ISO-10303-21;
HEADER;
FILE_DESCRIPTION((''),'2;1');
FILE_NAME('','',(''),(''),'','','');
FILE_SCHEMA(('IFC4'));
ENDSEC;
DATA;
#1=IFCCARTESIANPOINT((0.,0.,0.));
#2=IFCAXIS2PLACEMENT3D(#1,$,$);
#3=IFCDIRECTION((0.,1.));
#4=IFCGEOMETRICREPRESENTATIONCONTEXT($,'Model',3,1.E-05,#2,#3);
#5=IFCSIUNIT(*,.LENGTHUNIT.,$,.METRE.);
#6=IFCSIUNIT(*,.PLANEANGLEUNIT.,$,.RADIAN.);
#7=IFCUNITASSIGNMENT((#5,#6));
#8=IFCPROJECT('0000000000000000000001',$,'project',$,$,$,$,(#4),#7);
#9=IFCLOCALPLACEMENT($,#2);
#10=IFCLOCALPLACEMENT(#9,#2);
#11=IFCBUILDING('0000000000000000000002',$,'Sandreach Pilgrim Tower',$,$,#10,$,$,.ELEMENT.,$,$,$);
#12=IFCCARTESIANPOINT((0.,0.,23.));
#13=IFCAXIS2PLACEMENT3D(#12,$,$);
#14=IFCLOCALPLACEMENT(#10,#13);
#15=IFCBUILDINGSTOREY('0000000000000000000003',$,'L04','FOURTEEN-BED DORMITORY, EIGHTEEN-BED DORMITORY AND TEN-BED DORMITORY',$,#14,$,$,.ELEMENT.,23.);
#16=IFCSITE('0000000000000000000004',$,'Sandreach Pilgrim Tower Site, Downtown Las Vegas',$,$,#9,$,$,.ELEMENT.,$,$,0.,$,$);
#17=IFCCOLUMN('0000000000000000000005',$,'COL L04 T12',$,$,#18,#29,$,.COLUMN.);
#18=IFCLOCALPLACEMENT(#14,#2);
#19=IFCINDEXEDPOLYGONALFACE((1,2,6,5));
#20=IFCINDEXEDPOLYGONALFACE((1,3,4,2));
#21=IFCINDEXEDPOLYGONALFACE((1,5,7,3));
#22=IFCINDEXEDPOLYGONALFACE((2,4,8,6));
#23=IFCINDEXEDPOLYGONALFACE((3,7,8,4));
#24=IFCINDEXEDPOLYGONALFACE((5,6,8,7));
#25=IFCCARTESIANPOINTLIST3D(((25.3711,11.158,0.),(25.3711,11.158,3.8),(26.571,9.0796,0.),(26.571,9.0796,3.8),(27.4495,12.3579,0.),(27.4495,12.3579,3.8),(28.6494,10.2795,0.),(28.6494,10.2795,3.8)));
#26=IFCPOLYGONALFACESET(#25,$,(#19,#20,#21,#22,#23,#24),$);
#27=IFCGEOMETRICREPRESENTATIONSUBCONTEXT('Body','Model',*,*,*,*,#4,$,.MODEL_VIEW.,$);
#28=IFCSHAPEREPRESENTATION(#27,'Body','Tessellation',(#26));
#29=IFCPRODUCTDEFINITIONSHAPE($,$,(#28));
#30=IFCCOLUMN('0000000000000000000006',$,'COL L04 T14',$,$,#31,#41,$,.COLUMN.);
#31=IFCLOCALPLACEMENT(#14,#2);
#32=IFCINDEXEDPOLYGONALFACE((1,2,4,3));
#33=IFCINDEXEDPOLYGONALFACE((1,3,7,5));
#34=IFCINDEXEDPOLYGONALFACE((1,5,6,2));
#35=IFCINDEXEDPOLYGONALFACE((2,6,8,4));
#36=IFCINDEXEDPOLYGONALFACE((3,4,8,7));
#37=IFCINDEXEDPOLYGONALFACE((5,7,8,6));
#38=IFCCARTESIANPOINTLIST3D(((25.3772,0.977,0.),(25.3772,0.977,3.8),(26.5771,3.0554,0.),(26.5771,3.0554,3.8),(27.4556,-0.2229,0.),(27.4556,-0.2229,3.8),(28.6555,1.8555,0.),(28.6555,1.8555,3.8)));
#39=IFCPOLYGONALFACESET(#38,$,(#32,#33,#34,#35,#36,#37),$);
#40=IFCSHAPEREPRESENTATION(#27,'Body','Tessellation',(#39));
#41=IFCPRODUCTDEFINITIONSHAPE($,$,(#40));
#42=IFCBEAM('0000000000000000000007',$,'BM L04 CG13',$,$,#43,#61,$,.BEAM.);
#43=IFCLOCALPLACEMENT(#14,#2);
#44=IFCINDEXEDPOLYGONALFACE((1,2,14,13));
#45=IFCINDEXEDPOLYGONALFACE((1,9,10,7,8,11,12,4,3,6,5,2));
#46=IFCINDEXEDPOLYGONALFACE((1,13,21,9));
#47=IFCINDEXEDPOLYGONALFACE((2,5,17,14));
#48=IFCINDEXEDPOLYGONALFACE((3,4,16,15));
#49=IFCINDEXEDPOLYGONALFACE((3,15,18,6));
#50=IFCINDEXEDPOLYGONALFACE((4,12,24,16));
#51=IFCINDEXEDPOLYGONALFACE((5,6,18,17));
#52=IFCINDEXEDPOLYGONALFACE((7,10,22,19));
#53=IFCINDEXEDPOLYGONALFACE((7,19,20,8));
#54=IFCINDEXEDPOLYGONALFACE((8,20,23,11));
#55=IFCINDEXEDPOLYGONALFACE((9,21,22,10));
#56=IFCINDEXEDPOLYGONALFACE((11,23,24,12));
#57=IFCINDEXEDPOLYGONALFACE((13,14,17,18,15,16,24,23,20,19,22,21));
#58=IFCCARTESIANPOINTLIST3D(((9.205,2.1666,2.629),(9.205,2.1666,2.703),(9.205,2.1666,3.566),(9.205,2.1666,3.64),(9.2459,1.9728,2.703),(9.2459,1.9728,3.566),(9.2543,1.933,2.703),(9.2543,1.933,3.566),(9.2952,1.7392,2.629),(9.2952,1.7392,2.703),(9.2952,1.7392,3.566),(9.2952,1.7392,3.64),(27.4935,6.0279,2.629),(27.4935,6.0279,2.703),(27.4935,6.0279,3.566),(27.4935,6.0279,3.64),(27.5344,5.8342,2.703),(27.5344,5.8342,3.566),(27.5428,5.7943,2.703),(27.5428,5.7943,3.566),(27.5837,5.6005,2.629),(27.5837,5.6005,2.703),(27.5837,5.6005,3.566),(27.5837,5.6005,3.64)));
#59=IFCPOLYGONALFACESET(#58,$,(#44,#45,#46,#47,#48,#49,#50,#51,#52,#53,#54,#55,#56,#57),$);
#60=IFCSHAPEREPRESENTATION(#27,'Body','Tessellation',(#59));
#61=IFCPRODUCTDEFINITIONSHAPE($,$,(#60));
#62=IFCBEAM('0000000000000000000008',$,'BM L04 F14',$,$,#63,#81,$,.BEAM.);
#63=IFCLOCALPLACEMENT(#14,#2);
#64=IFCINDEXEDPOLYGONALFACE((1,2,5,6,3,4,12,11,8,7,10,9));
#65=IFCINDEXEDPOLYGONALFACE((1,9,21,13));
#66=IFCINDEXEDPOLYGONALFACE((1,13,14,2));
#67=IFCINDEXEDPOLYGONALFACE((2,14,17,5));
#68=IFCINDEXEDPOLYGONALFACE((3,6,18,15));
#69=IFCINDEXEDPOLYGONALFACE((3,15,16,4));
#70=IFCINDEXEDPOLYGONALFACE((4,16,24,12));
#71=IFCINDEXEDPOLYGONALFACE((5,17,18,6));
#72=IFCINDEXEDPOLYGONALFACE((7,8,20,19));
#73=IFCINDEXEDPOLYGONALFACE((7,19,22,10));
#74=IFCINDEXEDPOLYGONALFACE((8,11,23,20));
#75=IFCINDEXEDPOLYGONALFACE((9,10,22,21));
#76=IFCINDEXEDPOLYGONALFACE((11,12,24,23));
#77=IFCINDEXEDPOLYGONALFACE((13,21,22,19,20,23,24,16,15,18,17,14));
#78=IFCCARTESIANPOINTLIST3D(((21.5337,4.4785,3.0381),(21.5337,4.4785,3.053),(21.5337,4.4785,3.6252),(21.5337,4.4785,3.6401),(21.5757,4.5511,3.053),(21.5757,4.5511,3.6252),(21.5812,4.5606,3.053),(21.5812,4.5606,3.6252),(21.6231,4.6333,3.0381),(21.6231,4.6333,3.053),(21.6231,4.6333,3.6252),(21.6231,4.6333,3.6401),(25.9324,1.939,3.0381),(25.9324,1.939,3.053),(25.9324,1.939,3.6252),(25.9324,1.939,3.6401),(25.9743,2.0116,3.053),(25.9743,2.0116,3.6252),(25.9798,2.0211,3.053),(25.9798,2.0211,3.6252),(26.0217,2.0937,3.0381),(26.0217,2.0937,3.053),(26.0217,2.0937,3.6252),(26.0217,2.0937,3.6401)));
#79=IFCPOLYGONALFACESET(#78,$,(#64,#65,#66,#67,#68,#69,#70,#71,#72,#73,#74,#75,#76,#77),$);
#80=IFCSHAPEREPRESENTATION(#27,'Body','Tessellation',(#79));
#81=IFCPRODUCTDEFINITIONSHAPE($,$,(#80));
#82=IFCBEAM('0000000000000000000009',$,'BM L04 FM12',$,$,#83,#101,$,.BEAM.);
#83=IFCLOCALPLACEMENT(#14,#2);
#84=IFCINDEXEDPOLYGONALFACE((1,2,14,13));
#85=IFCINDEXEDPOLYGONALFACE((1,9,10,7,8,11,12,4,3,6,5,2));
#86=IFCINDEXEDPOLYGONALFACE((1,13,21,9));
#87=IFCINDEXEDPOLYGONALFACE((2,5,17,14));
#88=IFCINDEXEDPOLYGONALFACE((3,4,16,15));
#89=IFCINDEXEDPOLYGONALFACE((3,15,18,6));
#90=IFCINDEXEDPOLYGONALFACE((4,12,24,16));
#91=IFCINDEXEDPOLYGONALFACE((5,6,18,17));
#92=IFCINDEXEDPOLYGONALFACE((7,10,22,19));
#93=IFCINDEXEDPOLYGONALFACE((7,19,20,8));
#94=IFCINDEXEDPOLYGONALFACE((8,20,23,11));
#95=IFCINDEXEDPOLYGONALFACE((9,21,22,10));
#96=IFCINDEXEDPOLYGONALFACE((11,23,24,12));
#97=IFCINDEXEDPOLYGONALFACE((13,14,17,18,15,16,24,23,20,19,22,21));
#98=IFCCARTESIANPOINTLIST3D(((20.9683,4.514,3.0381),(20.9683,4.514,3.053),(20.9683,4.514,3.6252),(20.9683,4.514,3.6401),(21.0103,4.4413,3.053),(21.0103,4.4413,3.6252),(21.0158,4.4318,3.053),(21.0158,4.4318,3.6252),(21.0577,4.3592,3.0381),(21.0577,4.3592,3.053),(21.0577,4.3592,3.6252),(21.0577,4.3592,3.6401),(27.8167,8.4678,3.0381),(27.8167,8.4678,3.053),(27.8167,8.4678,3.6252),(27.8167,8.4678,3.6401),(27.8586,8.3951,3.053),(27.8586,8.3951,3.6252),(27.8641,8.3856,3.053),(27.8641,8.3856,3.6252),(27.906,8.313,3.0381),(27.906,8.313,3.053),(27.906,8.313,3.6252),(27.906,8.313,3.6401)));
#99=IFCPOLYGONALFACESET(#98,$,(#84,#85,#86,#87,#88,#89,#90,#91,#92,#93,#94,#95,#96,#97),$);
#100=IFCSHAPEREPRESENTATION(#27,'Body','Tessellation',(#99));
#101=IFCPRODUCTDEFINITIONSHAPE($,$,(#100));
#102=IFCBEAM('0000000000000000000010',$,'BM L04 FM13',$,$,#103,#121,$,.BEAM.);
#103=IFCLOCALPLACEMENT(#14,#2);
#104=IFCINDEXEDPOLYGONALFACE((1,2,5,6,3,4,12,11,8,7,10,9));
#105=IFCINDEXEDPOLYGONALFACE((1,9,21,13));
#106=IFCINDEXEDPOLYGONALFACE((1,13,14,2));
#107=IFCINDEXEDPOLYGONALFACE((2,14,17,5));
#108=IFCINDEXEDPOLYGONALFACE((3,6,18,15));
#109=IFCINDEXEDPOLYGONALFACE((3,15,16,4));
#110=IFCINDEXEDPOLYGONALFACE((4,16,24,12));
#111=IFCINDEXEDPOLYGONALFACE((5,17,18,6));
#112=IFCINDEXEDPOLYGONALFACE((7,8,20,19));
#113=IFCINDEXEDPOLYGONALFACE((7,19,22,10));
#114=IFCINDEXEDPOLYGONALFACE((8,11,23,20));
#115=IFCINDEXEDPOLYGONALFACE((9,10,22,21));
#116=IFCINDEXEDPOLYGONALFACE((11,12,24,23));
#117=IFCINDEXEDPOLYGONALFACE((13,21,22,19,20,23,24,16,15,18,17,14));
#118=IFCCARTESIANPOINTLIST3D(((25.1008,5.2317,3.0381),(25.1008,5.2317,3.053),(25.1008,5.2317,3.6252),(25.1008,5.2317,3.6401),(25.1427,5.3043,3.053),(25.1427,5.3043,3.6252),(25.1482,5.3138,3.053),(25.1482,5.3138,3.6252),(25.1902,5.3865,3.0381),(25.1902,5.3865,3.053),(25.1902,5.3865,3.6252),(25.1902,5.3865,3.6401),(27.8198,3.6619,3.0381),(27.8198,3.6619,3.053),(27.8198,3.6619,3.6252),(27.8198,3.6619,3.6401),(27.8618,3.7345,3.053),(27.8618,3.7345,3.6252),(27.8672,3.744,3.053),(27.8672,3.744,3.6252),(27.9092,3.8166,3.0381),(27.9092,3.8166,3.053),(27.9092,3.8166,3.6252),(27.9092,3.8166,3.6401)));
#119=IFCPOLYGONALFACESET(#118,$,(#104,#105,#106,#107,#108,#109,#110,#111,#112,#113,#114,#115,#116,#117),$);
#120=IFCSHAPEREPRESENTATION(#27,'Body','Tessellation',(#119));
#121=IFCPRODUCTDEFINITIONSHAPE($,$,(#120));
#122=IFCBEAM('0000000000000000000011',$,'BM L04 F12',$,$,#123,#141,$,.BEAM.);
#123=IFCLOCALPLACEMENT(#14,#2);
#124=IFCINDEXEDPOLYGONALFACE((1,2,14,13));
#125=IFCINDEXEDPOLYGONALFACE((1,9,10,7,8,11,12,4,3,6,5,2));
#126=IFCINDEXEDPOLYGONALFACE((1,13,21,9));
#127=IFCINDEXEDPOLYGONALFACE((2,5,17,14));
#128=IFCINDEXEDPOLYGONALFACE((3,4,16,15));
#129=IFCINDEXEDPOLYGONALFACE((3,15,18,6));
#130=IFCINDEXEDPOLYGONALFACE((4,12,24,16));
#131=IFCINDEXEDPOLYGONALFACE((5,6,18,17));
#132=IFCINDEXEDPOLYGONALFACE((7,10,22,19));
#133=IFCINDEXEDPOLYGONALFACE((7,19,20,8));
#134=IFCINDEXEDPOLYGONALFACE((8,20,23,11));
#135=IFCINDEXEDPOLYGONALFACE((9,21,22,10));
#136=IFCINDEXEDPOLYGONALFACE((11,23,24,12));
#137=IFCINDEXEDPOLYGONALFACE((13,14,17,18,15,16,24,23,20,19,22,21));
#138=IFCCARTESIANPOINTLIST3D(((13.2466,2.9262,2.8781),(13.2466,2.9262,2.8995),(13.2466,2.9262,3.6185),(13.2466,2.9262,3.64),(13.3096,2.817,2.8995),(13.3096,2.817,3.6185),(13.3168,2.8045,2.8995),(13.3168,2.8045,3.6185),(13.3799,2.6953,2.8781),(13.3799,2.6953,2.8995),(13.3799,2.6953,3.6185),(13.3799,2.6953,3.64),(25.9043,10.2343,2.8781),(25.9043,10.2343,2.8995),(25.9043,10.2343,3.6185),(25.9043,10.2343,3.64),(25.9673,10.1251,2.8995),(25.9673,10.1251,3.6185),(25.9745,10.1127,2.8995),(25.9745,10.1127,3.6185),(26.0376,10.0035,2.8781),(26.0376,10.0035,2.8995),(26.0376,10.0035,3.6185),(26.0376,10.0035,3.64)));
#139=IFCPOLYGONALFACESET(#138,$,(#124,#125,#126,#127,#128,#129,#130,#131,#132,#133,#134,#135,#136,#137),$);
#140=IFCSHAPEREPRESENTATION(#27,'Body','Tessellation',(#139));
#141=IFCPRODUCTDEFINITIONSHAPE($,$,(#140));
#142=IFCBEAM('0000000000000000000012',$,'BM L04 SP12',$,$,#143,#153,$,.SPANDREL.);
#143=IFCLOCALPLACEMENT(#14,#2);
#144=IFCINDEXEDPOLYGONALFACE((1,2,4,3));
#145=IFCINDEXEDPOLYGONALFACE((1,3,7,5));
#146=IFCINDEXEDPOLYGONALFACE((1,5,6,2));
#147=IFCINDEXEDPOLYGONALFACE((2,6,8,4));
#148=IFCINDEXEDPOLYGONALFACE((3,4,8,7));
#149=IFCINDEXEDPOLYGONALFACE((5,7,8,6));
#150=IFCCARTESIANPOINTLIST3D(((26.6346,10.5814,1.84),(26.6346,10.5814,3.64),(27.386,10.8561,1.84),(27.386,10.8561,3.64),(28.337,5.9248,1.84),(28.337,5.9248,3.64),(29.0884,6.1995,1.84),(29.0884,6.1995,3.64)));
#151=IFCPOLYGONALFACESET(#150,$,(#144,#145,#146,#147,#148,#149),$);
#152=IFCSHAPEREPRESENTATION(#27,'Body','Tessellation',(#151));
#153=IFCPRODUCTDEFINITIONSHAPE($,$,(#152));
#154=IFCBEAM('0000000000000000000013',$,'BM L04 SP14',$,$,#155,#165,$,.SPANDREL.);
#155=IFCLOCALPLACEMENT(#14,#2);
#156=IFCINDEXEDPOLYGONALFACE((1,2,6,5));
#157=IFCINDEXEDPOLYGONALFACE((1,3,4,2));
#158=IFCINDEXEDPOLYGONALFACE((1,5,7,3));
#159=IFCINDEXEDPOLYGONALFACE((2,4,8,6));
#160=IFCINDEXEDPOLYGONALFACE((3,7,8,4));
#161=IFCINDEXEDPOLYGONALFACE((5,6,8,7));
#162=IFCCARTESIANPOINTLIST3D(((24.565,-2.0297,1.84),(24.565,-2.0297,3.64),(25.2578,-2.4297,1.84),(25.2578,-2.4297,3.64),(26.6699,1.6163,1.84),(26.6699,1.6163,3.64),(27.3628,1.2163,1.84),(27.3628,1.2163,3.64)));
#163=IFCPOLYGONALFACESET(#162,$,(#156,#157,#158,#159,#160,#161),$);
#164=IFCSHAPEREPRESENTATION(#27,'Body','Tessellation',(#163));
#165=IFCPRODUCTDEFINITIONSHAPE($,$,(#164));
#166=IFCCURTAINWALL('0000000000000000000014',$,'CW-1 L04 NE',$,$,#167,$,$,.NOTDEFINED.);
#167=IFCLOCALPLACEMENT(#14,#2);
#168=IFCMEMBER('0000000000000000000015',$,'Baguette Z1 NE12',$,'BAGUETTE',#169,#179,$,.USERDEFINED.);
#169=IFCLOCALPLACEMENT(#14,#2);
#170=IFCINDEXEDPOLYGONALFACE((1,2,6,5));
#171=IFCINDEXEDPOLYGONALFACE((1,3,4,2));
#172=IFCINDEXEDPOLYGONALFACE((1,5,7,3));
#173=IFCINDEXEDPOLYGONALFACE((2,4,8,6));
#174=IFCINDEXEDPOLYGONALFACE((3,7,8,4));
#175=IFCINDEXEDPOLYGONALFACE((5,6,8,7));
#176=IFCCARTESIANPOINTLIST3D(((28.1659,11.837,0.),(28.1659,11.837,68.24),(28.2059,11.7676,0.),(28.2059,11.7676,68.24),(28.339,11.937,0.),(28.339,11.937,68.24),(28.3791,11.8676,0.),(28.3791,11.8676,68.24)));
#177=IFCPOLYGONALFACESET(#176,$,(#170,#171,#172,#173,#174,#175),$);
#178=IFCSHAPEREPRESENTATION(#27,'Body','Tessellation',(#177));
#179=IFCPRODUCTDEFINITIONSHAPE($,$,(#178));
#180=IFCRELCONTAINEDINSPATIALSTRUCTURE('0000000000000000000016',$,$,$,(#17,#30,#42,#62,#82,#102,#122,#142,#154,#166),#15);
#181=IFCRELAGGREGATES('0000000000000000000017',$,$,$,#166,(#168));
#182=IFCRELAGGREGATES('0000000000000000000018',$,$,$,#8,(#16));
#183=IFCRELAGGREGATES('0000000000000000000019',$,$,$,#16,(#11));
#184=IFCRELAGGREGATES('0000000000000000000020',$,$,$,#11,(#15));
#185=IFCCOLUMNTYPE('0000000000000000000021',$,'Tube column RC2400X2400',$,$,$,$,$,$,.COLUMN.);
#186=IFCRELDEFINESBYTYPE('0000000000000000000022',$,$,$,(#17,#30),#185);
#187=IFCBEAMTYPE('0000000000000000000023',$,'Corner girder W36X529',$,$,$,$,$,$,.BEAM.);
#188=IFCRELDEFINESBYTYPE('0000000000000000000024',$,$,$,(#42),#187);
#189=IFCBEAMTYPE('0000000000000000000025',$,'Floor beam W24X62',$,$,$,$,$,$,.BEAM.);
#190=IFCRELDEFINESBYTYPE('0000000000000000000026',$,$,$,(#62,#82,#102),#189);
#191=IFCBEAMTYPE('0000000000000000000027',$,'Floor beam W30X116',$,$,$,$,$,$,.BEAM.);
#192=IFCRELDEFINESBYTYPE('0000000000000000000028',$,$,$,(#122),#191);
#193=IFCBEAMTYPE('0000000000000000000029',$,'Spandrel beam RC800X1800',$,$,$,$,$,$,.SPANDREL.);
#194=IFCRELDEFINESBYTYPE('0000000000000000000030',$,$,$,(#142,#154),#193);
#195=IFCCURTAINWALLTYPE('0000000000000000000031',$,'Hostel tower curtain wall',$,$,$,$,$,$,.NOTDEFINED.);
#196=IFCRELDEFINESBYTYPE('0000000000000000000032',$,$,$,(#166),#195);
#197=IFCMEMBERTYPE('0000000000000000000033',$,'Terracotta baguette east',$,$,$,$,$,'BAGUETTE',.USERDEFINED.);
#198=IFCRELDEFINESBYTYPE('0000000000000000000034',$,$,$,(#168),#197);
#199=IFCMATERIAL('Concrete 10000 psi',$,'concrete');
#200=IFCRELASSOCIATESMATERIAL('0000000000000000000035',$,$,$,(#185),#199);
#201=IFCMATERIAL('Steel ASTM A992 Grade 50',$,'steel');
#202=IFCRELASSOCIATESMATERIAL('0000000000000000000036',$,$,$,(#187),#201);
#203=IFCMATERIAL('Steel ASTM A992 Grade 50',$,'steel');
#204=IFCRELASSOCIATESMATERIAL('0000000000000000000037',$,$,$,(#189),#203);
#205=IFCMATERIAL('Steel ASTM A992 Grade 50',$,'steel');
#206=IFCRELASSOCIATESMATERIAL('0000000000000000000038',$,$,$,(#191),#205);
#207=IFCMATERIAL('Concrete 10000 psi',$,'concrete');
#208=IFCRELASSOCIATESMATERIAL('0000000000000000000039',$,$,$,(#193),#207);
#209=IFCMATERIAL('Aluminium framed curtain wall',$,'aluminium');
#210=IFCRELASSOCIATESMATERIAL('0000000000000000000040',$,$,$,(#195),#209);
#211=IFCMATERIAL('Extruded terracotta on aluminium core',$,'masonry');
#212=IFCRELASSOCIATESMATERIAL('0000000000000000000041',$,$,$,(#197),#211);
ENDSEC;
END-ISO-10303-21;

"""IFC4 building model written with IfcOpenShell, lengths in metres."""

from ifc_helpers import new_model, si_unit, direction, frame, origin, origin_2d, place, context, subcontext, project, spatial, rectangle, i_section, extrude, material, material_profile, profile_set, type_object, element, aggregate, save


model = new_model("IFC4")

# Units and contexts
model_context = context("Model", 3, precision=1e-05, world=origin(), true_north=direction((0.0, 1.0)))
body_context = subcontext(model_context, "Body", "Model", "MODEL_VIEW")
ifc_project = project(units=[si_unit("LENGTHUNIT", "METRE"), si_unit("PLANEANGLEUNIT", "RADIAN")], contexts=[model_context])

# Site, building, storey
site_placement = place(None, origin())
site = spatial("IfcSite", under=ifc_project, at=site_placement, Name="Sandreach Pilgrim Tower Site, Downtown Las Vegas", CompositionType="ELEMENT", RefElevation=0.0)
building_placement = place(site_placement, origin())
building = spatial("IfcBuilding", under=site, at=building_placement, Name="Sandreach Pilgrim Tower", CompositionType="ELEMENT")
storey_placement = place(building_placement, frame((0.0, 0.0, 23.0)))
storey = spatial("IfcBuildingStorey", under=building, at=storey_placement, Name="L04", Description="FOURTEEN-BED DORMITORY, EIGHTEEN-BED DORMITORY AND TEN-BED DORMITORY", CompositionType="ELEMENT", Elevation=23.0)

# Columns
ifc_material_1 = material(Name="Concrete 10000 psi", Category="concrete")
ifc_material_profile_1 = material_profile(ifc_material_1, rectangle(XDim=2.3999, YDim=2.3999, at=origin_2d()), Name="RC2400X2400")
ifc_profile_set_1 = profile_set([ifc_material_profile_1], Name="Concrete 10000 psi")
column_type = type_object("IfcColumnType", Name="Tube column RC2400X2400", PredefinedType="COLUMN", material=ifc_profile_set_1)
for number, where, z_axis, x_axis, name in (
    (1, (27.0103, 10.7188, 0.0), (0.0, 0.0, 1.0), (0.866025, 0.5, 0.0), "COL L04 T12"),
    (2, (27.0164, 1.4163, 0.0), (0.0, 0.0, 1.0), (0.866025, -0.5, 0.0), "COL L04 T14"),
):
    element("IfcColumn", number, at=place(storey_placement, frame(where, z_axis=z_axis, x_axis=x_axis)), inside=storey, type_object=column_type, Name=name, PredefinedType="COLUMN", context=body_context, shape_type="SweptSolid", body=[
        extrude(rectangle(XDim=2.3999, YDim=2.3999, at=origin_2d()), origin(), (0.0, 0.0, 1.0), 3.8),
    ])

# Beams
ifc_material_2 = material(Name="Steel ASTM A992 Grade 50", Category="steel")
ifc_material_profile_2 = material_profile(ifc_material_2, i_section(OverallWidth=0.4368, OverallDepth=1.011, WebThickness=0.0408, FlangeThickness=0.074, at=origin_2d()), Name="W36X529")
ifc_profile_set_2 = profile_set([ifc_material_profile_2], Name="Steel ASTM A992 Grade 50")
beam_type_1 = type_object("IfcBeamType", Name="Corner girder W36X529", PredefinedType="BEAM", material=ifc_profile_set_2)
beam_1_placement = place(storey_placement, frame((27.5386, 5.8142, 3.1345), z_axis=(-0.97843, -0.206579, 0.0), x_axis=(0.206579, -0.97843, 0.0)))
element("IfcBeam", 3, at=beam_1_placement, inside=storey, type_object=beam_type_1, Name="BM L04 CG13", PredefinedType="BEAM", context=body_context, shape_type="SweptSolid", body=[
    extrude(i_section(OverallWidth=0.4368, OverallDepth=1.011, WebThickness=0.0408, FlangeThickness=0.074, at=origin_2d()), origin(), (0.0, 0.0, 1.0), 18.6917),
])
ifc_material_3 = material(Name="Steel ASTM A992 Grade 50", Category="steel")
ifc_material_profile_3 = material_profile(ifc_material_3, i_section(OverallWidth=0.1787, OverallDepth=0.6021, WebThickness=0.011, FlangeThickness=0.0149, at=origin_2d()), Name="W24X62")
ifc_profile_set_3 = profile_set([ifc_material_profile_3], Name="Steel ASTM A992 Grade 50")
beam_type_2 = type_object("IfcBeamType", Name="Floor beam W24X62", PredefinedType="BEAM", material=ifc_profile_set_3)
beam_2_placement = place(storey_placement, frame((25.9771, 2.0164, 3.3391), z_axis=(-0.866028, 0.499996, 0.0), x_axis=(-0.499996, -0.866028, 0.0)))
element("IfcBeam", 4, at=beam_2_placement, inside=storey, type_object=beam_type_2, Name="BM L04 F14", PredefinedType="BEAM", context=body_context, shape_type="SweptSolid", body=[
    extrude(i_section(OverallWidth=0.1787, OverallDepth=0.6021, WebThickness=0.011, FlangeThickness=0.0149, at=origin_2d()), origin(), (0.0, 0.0, 1.0), 5.0791),
])
beam_3_placement = place(storey_placement, frame((27.8613, 8.3904, 3.3391), z_axis=(-0.866029, -0.499994, 0.0), x_axis=(0.499994, -0.866029, 0.0)))
element("IfcBeam", 5, at=beam_3_placement, inside=storey, type_object=beam_type_2, Name="BM L04 FM12", PredefinedType="BEAM", context=body_context, shape_type="SweptSolid", body=[
    extrude(i_section(OverallWidth=0.1787, OverallDepth=0.6021, WebThickness=0.011, FlangeThickness=0.0149, at=origin_2d()), origin(), (0.0, 0.0, 1.0), 7.9077),
])
beam_4_placement = place(storey_placement, frame((27.8645, 3.7393, 3.3391), z_axis=(-0.866024, 0.500003, 0.0), x_axis=(-0.500003, -0.866024, 0.0)))
element("IfcBeam", 6, at=beam_4_placement, inside=storey, type_object=beam_type_2, Name="BM L04 FM13", PredefinedType="BEAM", context=body_context, shape_type="SweptSolid", body=[
    extrude(i_section(OverallWidth=0.1787, OverallDepth=0.6021, WebThickness=0.011, FlangeThickness=0.0149, at=origin_2d()), origin(), (0.0, 0.0, 1.0), 3.1396),
])
ifc_material_4 = material(Name="Steel ASTM A992 Grade 50", Category="steel")
ifc_material_profile_4 = material_profile(ifc_material_4, i_section(OverallWidth=0.2666, OverallDepth=0.762, WebThickness=0.0144, FlangeThickness=0.0215, at=origin_2d()), Name="W30X116")
ifc_profile_set_4 = profile_set([ifc_material_profile_4], Name="Steel ASTM A992 Grade 50")
beam_type_3 = type_object("IfcBeamType", Name="Floor beam W30X116", PredefinedType="BEAM", material=ifc_profile_set_4)
beam_5_placement = place(storey_placement, frame((25.9709, 10.1189, 3.259), z_axis=(-0.86602, -0.500009, 0.0), x_axis=(0.500009, -0.86602, 0.0)))
element("IfcBeam", 7, at=beam_5_placement, inside=storey, type_object=beam_type_3, Name="BM L04 F12", PredefinedType="BEAM", context=body_context, shape_type="SweptSolid", body=[
    extrude(i_section(OverallWidth=0.2666, OverallDepth=0.762, WebThickness=0.0144, FlangeThickness=0.0215, at=origin_2d()), origin(), (0.0, 0.0, 1.0), 14.616),
])
ifc_material_5 = material(Name="Concrete 10000 psi", Category="concrete")
ifc_material_profile_5 = material_profile(ifc_material_5, rectangle(XDim=0.8, YDim=1.8, at=origin_2d()), Name="RC800X1800")
ifc_profile_set_5 = profile_set([ifc_material_profile_5], Name="Concrete 10000 psi")
beam_type_4 = type_object("IfcBeamType", Name="Spandrel beam RC800X1800", PredefinedType="SPANDREL", material=ifc_profile_set_5)
beam_6_placement = place(storey_placement, frame((27.0103, 10.7188, 2.74), z_axis=(0.343368, -0.939201, 0.0), x_axis=(0.939201, 0.343368, 0.0)))
element("IfcBeam", 8, at=beam_6_placement, inside=storey, type_object=beam_type_4, Name="BM L04 SP12", PredefinedType="SPANDREL", context=body_context, shape_type="SweptSolid", body=[
    extrude(rectangle(XDim=0.8, YDim=1.8, at=origin_2d()), origin(), (0.0, 0.0, 1.0), 4.958),
])
beam_7_placement = place(storey_placement, frame((27.0164, 1.4163, 2.74), z_axis=(-0.499994, -0.866029, 0.0), x_axis=(0.866029, -0.499994, 0.0)))
element("IfcBeam", 9, at=beam_7_placement, inside=storey, type_object=beam_type_4, Name="BM L04 SP14", PredefinedType="SPANDREL", context=body_context, shape_type="SweptSolid", body=[
    extrude(rectangle(XDim=0.8, YDim=1.8, at=origin_2d()), origin(), (0.0, 0.0, 1.0), 4.21),
])

# Curtain wall, member
ifc_material_6 = material(Name="Aluminium framed curtain wall", Category="aluminium")
curtain_wall_type = type_object("IfcCurtainWallType", Name="Hostel tower curtain wall", PredefinedType="NOTDEFINED", material=ifc_material_6)
curtain_wall_placement = place(storey_placement, origin())
curtain_wall = element("IfcCurtainWall", 10, at=curtain_wall_placement, inside=storey, type_object=curtain_wall_type, Name="CW-1 L04 NE", PredefinedType="NOTDEFINED")
ifc_material_7 = material(Name="Extruded terracotta on aluminium core", Category="masonry")
ifc_material_profile_6 = material_profile(ifc_material_7, rectangle(XDim=0.0801, YDim=0.2, at=origin_2d()), Name="TBE 80X200")
ifc_profile_set_6 = profile_set([ifc_material_profile_6], Name="Extruded terracotta on aluminium core")
member_type = type_object("IfcMemberType", Name="Terracotta baguette east", ElementType="BAGUETTE", PredefinedType="USERDEFINED", material=ifc_profile_set_6)
member_placement = place(storey_placement, frame((28.2725, 11.8523, 0.0), z_axis=(0.0, 0.0, 1.0), x_axis=(0.5, -0.866025, 0.0)))
member = element("IfcMember", 11, at=member_placement, type_object=member_type, Name="Baguette Z1 NE12", ObjectType="BAGUETTE", PredefinedType="USERDEFINED", context=body_context, shape_type="SweptSolid", body=[
    extrude(rectangle(XDim=0.0801, YDim=0.2, at=origin_2d()), origin(), (0.0, 0.0, 1.0), 68.24),
])
aggregate(curtain_wall, [member])

save(model, "model.ifc")
